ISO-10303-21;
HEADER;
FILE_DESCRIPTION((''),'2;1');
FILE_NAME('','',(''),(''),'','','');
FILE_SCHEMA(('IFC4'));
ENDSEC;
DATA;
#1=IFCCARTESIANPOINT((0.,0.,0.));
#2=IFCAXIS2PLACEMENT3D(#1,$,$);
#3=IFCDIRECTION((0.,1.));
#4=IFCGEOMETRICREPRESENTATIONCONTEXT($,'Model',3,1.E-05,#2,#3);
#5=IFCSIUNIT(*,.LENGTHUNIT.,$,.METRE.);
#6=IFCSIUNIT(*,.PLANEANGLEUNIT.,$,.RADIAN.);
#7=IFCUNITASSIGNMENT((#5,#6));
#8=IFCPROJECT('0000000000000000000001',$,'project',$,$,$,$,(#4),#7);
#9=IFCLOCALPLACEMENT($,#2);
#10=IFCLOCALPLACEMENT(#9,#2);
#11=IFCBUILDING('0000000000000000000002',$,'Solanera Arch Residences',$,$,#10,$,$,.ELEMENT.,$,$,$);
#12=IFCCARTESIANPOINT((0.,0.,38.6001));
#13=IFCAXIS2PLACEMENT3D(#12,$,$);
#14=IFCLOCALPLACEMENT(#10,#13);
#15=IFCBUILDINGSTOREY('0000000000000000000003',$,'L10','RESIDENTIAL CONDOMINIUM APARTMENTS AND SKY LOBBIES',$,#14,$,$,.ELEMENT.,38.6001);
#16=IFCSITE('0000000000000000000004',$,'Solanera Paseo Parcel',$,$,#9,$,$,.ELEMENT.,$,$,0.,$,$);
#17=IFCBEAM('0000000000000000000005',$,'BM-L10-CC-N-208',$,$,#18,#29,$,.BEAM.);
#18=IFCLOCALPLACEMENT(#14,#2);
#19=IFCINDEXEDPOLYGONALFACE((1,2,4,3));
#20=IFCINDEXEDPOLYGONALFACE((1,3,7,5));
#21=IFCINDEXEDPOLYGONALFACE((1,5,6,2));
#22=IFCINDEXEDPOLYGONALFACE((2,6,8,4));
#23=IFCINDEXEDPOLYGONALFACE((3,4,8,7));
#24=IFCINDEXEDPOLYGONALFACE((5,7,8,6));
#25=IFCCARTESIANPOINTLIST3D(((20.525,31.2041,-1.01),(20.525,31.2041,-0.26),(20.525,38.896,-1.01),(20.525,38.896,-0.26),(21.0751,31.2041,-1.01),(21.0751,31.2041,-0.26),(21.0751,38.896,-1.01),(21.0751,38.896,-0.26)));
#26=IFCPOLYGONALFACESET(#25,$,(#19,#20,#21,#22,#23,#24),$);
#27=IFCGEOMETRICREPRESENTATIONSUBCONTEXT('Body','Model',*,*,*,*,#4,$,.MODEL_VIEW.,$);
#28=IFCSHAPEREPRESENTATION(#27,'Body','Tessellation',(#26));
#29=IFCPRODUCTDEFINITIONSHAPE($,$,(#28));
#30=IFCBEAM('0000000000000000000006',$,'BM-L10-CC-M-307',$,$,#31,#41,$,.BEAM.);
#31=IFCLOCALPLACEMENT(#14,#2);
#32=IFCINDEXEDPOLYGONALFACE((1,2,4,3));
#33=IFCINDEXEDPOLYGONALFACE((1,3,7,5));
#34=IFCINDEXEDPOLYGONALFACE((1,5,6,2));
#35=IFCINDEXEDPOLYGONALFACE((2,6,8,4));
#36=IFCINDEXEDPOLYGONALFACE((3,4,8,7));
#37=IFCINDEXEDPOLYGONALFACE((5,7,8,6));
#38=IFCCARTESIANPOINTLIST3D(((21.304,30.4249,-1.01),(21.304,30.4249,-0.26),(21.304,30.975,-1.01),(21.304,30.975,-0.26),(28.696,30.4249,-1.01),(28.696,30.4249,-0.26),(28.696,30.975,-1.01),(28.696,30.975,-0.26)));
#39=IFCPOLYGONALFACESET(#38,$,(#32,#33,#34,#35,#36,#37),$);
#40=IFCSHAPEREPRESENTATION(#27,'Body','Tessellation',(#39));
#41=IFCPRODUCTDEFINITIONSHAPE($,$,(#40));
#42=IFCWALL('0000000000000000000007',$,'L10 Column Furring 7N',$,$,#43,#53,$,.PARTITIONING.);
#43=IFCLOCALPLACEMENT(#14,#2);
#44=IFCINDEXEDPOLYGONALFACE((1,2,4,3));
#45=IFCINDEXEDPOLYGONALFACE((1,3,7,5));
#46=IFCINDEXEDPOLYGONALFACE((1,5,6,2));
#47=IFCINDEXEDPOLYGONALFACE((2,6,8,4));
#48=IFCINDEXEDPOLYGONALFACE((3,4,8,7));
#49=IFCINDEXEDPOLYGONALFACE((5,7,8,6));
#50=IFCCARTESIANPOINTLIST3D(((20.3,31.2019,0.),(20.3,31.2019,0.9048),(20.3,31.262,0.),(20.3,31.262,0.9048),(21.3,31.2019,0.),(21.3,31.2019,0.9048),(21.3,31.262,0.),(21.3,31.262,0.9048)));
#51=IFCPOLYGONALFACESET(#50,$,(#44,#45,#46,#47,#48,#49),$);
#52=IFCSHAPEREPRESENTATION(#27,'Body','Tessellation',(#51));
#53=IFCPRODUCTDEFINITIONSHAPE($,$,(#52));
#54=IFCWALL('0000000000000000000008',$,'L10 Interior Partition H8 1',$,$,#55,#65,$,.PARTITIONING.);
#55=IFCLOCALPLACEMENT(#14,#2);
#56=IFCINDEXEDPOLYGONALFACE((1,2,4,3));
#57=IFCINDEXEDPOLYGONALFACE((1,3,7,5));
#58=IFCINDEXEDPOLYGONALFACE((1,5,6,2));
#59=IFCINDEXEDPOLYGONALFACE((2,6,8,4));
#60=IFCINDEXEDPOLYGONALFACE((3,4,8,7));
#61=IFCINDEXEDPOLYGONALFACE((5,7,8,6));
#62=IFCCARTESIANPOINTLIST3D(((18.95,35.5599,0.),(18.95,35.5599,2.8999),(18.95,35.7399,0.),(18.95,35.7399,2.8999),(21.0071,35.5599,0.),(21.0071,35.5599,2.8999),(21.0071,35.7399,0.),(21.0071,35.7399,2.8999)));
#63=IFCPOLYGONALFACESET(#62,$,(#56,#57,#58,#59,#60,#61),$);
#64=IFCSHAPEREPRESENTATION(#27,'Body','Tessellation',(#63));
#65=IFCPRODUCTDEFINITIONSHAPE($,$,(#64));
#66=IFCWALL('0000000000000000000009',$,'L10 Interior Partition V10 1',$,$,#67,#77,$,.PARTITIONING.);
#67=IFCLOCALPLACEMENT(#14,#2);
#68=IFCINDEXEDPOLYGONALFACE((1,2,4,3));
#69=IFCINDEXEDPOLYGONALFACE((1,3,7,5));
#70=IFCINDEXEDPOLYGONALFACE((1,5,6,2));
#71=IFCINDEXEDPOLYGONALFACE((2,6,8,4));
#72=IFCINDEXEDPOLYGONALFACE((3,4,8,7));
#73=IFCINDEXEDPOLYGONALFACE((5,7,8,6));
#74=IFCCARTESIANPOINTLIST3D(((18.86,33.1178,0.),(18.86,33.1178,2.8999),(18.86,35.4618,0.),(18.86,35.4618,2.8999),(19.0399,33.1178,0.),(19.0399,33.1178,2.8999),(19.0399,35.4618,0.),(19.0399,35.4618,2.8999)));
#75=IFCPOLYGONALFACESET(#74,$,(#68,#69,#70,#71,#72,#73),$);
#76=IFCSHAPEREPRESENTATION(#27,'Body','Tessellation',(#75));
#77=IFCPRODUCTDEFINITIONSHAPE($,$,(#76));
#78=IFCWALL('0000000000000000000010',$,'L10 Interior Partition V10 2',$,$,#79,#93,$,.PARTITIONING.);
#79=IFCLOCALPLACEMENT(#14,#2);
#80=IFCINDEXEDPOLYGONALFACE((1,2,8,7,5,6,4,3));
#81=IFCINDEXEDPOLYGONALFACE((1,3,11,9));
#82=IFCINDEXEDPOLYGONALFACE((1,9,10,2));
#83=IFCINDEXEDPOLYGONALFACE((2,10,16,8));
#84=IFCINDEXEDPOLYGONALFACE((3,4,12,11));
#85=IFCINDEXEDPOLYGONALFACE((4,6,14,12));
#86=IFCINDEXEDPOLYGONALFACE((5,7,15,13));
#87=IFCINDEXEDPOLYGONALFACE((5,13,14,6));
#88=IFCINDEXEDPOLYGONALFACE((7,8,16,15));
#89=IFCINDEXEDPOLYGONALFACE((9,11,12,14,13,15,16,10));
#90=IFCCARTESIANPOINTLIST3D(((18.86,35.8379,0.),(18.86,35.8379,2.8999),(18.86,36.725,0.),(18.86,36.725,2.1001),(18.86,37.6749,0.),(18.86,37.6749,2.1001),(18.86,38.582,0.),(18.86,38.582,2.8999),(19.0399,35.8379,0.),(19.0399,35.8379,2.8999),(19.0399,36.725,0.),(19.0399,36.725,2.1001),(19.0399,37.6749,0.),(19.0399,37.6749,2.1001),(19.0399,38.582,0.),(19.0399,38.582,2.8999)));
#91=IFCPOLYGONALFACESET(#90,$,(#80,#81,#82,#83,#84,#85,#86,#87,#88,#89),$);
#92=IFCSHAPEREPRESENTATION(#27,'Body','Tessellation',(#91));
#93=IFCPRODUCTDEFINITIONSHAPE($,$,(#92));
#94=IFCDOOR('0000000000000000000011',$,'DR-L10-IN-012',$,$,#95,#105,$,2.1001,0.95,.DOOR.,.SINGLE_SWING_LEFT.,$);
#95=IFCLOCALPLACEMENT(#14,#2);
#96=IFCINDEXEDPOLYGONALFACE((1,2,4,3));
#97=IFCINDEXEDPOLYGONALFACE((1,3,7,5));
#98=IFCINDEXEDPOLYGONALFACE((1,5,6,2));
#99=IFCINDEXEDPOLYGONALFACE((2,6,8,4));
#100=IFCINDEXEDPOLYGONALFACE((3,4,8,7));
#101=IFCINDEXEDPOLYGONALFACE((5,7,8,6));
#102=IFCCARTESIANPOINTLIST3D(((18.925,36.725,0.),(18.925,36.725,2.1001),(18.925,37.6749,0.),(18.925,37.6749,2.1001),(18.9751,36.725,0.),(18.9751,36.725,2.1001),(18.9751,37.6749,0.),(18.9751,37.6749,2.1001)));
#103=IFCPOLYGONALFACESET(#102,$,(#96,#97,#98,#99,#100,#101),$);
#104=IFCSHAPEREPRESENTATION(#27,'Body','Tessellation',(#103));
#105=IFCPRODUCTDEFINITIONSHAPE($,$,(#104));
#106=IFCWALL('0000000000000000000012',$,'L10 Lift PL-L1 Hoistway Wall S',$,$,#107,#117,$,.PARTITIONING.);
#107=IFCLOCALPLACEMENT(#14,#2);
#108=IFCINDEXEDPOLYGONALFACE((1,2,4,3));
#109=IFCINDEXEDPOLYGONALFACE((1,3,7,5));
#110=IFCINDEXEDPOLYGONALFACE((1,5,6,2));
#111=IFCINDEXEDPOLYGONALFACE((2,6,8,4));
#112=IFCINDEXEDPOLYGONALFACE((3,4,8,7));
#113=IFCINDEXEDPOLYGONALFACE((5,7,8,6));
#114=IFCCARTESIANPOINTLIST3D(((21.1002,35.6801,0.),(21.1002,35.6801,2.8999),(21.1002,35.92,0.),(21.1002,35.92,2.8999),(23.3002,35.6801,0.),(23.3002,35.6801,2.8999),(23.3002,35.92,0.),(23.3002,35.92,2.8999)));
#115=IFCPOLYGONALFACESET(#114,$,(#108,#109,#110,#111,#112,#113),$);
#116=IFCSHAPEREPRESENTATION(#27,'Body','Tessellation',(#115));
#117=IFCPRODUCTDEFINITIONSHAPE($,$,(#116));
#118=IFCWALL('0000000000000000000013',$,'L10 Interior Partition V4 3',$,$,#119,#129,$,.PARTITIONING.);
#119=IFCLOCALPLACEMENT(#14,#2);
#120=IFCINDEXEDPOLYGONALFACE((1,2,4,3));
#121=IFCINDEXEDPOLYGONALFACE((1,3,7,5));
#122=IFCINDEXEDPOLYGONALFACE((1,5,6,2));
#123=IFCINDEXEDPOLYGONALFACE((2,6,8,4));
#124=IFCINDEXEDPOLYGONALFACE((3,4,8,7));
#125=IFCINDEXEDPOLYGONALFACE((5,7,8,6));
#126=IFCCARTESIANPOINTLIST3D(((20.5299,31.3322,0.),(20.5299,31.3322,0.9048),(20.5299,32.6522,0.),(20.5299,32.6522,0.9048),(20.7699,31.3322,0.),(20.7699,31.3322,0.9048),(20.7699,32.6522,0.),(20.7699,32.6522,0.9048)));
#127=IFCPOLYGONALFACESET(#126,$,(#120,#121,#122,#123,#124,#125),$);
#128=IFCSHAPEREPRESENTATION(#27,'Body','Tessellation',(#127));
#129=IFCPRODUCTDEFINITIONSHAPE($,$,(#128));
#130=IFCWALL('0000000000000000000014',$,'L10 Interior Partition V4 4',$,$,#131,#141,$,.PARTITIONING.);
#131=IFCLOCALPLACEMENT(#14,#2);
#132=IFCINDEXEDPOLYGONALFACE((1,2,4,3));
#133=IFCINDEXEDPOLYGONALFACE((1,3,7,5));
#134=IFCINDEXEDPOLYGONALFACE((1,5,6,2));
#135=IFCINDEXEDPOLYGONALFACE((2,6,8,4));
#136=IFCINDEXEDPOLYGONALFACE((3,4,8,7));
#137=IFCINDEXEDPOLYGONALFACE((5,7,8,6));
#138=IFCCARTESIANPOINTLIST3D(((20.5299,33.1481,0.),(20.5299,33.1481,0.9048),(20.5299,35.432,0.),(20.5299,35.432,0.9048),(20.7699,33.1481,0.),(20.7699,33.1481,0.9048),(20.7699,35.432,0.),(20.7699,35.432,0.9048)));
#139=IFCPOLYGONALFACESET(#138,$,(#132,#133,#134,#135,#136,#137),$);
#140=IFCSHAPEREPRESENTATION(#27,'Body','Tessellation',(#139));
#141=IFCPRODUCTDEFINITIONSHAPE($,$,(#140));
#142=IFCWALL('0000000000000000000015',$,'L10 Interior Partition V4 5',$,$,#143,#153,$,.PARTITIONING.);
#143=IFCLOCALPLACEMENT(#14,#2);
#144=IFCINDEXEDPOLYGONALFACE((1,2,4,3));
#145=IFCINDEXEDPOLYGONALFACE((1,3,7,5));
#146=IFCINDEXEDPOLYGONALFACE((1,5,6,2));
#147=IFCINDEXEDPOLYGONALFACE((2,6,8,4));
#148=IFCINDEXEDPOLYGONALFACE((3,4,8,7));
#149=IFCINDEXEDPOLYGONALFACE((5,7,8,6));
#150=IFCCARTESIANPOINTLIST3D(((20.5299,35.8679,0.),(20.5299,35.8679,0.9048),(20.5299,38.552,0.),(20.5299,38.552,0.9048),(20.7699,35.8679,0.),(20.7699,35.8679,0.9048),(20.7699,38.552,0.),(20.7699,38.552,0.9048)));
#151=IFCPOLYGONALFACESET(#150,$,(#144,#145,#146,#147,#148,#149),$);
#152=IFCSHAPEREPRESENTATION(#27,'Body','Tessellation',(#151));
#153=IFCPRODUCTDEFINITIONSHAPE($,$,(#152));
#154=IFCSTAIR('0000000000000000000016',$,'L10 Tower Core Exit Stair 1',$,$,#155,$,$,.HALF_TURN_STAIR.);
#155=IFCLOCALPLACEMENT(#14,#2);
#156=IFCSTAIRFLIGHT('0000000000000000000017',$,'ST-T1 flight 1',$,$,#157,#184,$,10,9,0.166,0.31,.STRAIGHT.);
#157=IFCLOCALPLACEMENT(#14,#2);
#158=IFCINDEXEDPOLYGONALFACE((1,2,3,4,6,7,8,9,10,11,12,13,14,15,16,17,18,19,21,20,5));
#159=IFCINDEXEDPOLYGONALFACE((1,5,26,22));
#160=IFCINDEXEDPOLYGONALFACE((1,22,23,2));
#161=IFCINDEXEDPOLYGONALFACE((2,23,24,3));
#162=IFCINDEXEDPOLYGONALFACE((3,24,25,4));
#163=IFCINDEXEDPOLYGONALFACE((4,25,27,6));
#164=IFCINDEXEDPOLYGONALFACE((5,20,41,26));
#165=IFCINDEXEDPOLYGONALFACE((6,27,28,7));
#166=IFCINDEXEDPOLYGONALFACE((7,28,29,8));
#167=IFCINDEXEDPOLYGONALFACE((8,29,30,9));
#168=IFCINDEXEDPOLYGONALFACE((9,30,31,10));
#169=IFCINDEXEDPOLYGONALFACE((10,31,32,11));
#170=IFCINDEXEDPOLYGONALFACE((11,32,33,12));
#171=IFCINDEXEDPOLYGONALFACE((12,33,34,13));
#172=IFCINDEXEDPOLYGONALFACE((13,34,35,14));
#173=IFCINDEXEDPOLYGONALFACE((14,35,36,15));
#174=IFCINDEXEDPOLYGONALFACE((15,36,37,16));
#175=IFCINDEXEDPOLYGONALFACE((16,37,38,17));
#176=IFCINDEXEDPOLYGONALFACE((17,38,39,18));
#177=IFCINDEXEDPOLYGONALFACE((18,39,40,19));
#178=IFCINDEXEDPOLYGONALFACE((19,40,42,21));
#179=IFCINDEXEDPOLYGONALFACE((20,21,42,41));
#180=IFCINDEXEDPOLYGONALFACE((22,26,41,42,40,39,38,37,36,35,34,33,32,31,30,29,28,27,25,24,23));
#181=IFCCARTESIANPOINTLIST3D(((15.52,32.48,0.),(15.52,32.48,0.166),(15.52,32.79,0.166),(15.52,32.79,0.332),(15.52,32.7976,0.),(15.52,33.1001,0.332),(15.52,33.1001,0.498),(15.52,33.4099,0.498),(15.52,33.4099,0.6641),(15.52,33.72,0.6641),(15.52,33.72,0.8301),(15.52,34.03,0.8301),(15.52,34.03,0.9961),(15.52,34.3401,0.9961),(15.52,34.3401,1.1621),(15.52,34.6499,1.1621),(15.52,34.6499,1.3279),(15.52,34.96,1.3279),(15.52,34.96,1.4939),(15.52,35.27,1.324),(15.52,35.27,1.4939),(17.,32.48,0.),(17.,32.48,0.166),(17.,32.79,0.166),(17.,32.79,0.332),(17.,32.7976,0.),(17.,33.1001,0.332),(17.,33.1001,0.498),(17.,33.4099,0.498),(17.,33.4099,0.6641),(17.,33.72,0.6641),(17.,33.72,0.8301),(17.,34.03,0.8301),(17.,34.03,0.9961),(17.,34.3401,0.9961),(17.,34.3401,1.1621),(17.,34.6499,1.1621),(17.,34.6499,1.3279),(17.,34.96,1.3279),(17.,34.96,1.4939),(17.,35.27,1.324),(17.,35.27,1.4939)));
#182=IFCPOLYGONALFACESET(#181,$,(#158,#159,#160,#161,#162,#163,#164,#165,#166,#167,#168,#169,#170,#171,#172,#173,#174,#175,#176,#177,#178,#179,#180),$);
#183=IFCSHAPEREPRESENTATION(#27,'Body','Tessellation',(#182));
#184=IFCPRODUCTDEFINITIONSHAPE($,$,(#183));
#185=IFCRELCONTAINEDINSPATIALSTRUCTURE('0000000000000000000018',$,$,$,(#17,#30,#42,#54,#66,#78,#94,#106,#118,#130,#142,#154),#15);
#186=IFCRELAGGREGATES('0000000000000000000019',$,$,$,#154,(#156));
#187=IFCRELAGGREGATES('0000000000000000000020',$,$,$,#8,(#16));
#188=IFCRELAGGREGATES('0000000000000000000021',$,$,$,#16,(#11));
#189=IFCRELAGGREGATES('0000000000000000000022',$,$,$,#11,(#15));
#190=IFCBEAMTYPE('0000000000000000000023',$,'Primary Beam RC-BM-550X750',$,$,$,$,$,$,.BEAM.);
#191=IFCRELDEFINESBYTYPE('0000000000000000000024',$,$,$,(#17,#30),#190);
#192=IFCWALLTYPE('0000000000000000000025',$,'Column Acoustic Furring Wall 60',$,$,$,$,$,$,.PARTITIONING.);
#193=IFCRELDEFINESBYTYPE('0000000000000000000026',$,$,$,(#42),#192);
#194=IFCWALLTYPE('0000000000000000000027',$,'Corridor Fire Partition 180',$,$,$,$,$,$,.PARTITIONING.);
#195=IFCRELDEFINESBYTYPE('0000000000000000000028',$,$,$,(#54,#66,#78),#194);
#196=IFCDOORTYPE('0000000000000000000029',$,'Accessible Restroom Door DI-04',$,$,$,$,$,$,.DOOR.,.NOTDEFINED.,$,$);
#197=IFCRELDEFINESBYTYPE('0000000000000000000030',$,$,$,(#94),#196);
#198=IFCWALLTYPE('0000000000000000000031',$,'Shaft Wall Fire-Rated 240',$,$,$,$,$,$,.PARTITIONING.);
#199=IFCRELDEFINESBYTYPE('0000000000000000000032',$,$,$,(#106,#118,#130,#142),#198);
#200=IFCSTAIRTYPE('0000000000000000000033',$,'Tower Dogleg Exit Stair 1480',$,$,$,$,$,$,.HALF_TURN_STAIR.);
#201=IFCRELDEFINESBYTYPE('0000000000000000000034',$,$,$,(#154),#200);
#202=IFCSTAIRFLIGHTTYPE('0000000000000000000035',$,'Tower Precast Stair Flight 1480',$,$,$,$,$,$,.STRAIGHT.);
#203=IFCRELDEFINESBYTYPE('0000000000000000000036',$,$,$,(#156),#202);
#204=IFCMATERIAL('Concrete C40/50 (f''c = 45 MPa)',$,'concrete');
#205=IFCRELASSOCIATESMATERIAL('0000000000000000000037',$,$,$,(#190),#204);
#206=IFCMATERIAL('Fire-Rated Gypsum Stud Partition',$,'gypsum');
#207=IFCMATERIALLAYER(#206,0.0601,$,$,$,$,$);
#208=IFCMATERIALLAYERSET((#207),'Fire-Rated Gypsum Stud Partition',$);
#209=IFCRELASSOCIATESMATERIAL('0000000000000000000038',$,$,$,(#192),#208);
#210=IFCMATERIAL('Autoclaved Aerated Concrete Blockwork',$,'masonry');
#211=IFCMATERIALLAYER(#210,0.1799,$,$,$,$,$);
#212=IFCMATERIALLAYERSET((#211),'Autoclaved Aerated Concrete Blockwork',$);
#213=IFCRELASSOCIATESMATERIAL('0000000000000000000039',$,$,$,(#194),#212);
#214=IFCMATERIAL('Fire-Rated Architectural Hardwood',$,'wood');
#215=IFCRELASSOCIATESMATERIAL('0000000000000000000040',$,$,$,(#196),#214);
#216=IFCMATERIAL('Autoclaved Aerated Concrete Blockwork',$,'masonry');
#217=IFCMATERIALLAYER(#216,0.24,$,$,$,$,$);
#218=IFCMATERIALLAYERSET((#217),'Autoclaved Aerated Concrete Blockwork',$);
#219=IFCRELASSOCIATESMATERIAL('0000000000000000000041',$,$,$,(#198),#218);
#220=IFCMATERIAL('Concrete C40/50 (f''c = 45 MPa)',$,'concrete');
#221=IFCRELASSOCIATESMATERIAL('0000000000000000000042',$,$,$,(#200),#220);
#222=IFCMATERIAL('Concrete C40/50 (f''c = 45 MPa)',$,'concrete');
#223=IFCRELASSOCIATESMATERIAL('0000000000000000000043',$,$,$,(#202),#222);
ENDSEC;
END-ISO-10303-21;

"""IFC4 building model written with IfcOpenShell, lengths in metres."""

from ifc_helpers import new_model, si_unit, direction, frame, frame_2d, origin, origin_2d, place, context, subcontext, project, spatial, polyline, rectangle, outline, extrude, material, layer, layer_set, material_profile, profile_set, type_object, element, fill, aggregate, save


model = new_model("IFC4")

# Units and contexts
model_context = context("Model", 3, precision=1e-05, world=origin(), true_north=direction((0.0, 1.0)))
body_context = subcontext(model_context, "Body", "Model", "MODEL_VIEW")
ifc_project = project(units=[si_unit("LENGTHUNIT", "METRE"), si_unit("PLANEANGLEUNIT", "RADIAN")], contexts=[model_context])

# Site, building, storey
site_placement = place(None, origin())
site = spatial("IfcSite", under=ifc_project, at=site_placement, Name="Solanera Paseo Parcel", CompositionType="ELEMENT", RefElevation=0.0)
building_placement = place(site_placement, origin())
building = spatial("IfcBuilding", under=site, at=building_placement, Name="Solanera Arch Residences", CompositionType="ELEMENT")
storey_placement = place(building_placement, frame((0.0, 0.0, 38.6001)))
storey = spatial("IfcBuildingStorey", under=building, at=storey_placement, Name="L10", Description="RESIDENTIAL CONDOMINIUM APARTMENTS AND SKY LOBBIES", CompositionType="ELEMENT", Elevation=38.6001)

# Beams
ifc_material_1 = material(Name="Concrete C40/50 (f'c = 45 MPa)", Category="concrete")
ifc_material_profile = material_profile(ifc_material_1, rectangle(XDim=0.55, YDim=0.75, at=origin_2d()))
ifc_profile_set = profile_set([ifc_material_profile], Name="Concrete C40/50 (f'c = 45 MPa)")
beam_type = type_object("IfcBeamType", Name="Primary Beam RC-BM-550X750", PredefinedType="BEAM", material=ifc_profile_set)
beam_1_placement = place(storey_placement, frame((20.8, 31.2041, -0.635), z_axis=(0.0, 1.0, 0.0), x_axis=(-1.0, 0.0, 0.0)))
element("IfcBeam", 1, at=beam_1_placement, inside=storey, type_object=beam_type, Name="BM-L10-CC-N-208", PredefinedType="BEAM", context=body_context, shape_type="SweptSolid", body=[
    extrude(rectangle(XDim=0.55, YDim=0.75, at=origin_2d()), origin(), (0.0, 0.0, 1.0), 7.6919),
])
beam_2_placement = place(storey_placement, frame((21.304, 30.7, -0.635), z_axis=(1.0, 0.0, 0.0), x_axis=(0.0, 1.0, 0.0)))
element("IfcBeam", 2, at=beam_2_placement, inside=storey, type_object=beam_type, Name="BM-L10-CC-M-307", PredefinedType="BEAM", context=body_context, shape_type="SweptSolid", body=[
    extrude(rectangle(XDim=0.55, YDim=0.75, at=origin_2d()), origin(), (0.0, 0.0, 1.0), 7.3921),
])

# Wall
ifc_material_2 = material(Name="Fire-Rated Gypsum Stud Partition", Category="gypsum")
ifc_layer_1 = layer(ifc_material_2, 0.0601)
ifc_layer_set_1 = layer_set([ifc_layer_1], Name="Fire-Rated Gypsum Stud Partition")
wall_type_1 = type_object("IfcWallType", Name="Column Acoustic Furring Wall 60", PredefinedType="PARTITIONING", material=ifc_layer_set_1)
wall_1_placement = place(storey_placement, frame((20.3, 31.2319, 0.0), z_axis=(0.0, 0.0, 1.0), x_axis=(1.0, 0.0, 0.0)))
element("IfcWall", 3, at=wall_1_placement, inside=storey, type_object=wall_type_1, Name="L10 Column Furring 7N", PredefinedType="PARTITIONING", context=body_context, shape_type="SweptSolid", body=[
    extrude(rectangle(XDim=1.0, YDim=0.0601, at=frame_2d((0.5, 0.0))), origin(), (0.0, 0.0, 1.0), 0.9048),
])

# Walls
ifc_material_3 = material(Name="Autoclaved Aerated Concrete Blockwork", Category="masonry")
ifc_layer_2 = layer(ifc_material_3, 0.1799)
ifc_layer_set_2 = layer_set([ifc_layer_2], Name="Autoclaved Aerated Concrete Blockwork")
wall_type_2 = type_object("IfcWallType", Name="Corridor Fire Partition 180", PredefinedType="PARTITIONING", material=ifc_layer_set_2)
wall_2_placement = place(storey_placement, frame((18.95, 35.6499, 0.0), z_axis=(0.0, 0.0, 1.0), x_axis=(1.0, 0.0, 0.0)))
element("IfcWall", 4, at=wall_2_placement, inside=storey, type_object=wall_type_2, Name="L10 Interior Partition H8 1", PredefinedType="PARTITIONING", context=body_context, shape_type="SweptSolid", body=[
    extrude(rectangle(XDim=2.0571, YDim=0.1799, at=frame_2d((1.0286, 0.0))), origin(), (0.0, 0.0, 1.0), 2.8999),
])
wall_3_placement = place(storey_placement, frame((18.95, 33.1179, 0.0), z_axis=(0.0, 0.0, 1.0), x_axis=(0.0, 1.0, 0.0)))
element("IfcWall", 5, at=wall_3_placement, inside=storey, type_object=wall_type_2, Name="L10 Interior Partition V10 1", PredefinedType="PARTITIONING", context=body_context, shape_type="SweptSolid", body=[
    extrude(rectangle(XDim=2.344, YDim=0.1799, at=frame_2d((1.1719, 0.0))), origin(), (0.0, 0.0, 1.0), 2.8999),
])

# Wall, opening, door
wall_4_placement = place(storey_placement, frame((18.95, 35.8379, 0.0), z_axis=(0.0, 0.0, 1.0), x_axis=(0.0, 1.0, 0.0)))
wall_4 = element("IfcWall", 6, at=wall_4_placement, inside=storey, type_object=wall_type_2, Name="L10 Interior Partition V10 2", PredefinedType="PARTITIONING", context=body_context, shape_type="SweptSolid", body=[
    extrude(rectangle(XDim=2.7441, YDim=0.1799, at=frame_2d((1.3721, 0.0))), origin(), (0.0, 0.0, 1.0), 2.8999),
])
opening_1_placement = place(wall_4_placement, frame((0.887, 0.0, 0.0)))
opening_1 = element("IfcOpeningElement", 7, at=opening_1_placement, cuts=wall_4, PredefinedType="OPENING", context=body_context, shape_type="SweptSolid", body=[
    extrude(rectangle(XDim=0.95, YDim=2.1001, at=frame_2d((0.4751, 1.05))), frame((0.0, 0.1001, 0.0), z_axis=(0.0, -1.0, 0.0), x_axis=(1.0, 0.0, 0.0)), (0.0, 0.0, 1.0), 0.1999),
])
ifc_material_4 = material(Name="Fire-Rated Architectural Hardwood", Category="wood")
door_type_1 = type_object("IfcDoorType", Name="Accessible Restroom Door DI-04", OperationType="NOTDEFINED", PredefinedType="DOOR", material=ifc_material_4)
door_1_placement = place(opening_1_placement, origin())
door_1 = element("IfcDoor", 8, at=door_1_placement, inside=storey, type_object=door_type_1, Name="DR-L10-IN-012", OperationType="SINGLE_SWING_LEFT", OverallHeight=2.1001, OverallWidth=0.95, PredefinedType="DOOR", context=body_context, shape_type="SweptSolid", body=[
    extrude(rectangle(XDim=0.95, YDim=2.1001, at=frame_2d((0.4751, 1.05))), frame((0.0, 0.0249, 0.0), z_axis=(0.0, -1.0, 0.0), x_axis=(1.0, 0.0, 0.0)), (0.0, 0.0, 1.0), 0.05),
])
fill(opening_1, door_1)

# Wall
ifc_material_5 = material(Name="Autoclaved Aerated Concrete Blockwork", Category="masonry")
ifc_layer_3 = layer(ifc_material_5, 0.24)
ifc_layer_set_3 = layer_set([ifc_layer_3], Name="Autoclaved Aerated Concrete Blockwork")
wall_type_3 = type_object("IfcWallType", Name="Shaft Wall Fire-Rated 240", PredefinedType="PARTITIONING", material=ifc_layer_set_3)
wall_5_placement = place(storey_placement, frame((21.1001, 35.8, 0.0), z_axis=(0.0, 0.0, 1.0), x_axis=(1.0, 0.0, 0.0)))
element("IfcWall", 9, at=wall_5_placement, inside=storey, type_object=wall_type_3, Name="L10 Lift PL-L1 Hoistway Wall S", PredefinedType="PARTITIONING", context=body_context, shape_type="SweptSolid", body=[
    extrude(rectangle(XDim=2.2, YDim=0.24, at=frame_2d((1.1001, 0.0))), origin(), (0.0, 0.0, 1.0), 2.8999),
])

# Walls
wall_6_placement = place(storey_placement, frame((20.6499, 31.332, 0.0), z_axis=(0.0, 0.0, 1.0), x_axis=(0.0, 1.0, 0.0)))
element("IfcWall", 10, at=wall_6_placement, inside=storey, type_object=wall_type_3, Name="L10 Interior Partition V4 3", PredefinedType="PARTITIONING", context=body_context, shape_type="SweptSolid", body=[
    extrude(rectangle(XDim=1.3201, YDim=0.24, at=frame_2d((0.6602, 0.0))), origin(), (0.0, 0.0, 1.0), 0.9048),
])
wall_7_placement = place(storey_placement, frame((20.6499, 33.1479, 0.0), z_axis=(0.0, 0.0, 1.0), x_axis=(0.0, 1.0, 0.0)))
element("IfcWall", 11, at=wall_7_placement, inside=storey, type_object=wall_type_3, Name="L10 Interior Partition V4 4", PredefinedType="PARTITIONING", context=body_context, shape_type="SweptSolid", body=[
    extrude(rectangle(XDim=2.2839, YDim=0.24, at=frame_2d((1.1421, 0.0))), origin(), (0.0, 0.0, 1.0), 0.9048),
])
wall_8_placement = place(storey_placement, frame((20.6499, 35.8679, 0.0), z_axis=(0.0, 0.0, 1.0), x_axis=(0.0, 1.0, 0.0)))
element("IfcWall", 12, at=wall_8_placement, inside=storey, type_object=wall_type_3, Name="L10 Interior Partition V4 5", PredefinedType="PARTITIONING", context=body_context, shape_type="SweptSolid", body=[
    extrude(rectangle(XDim=2.6841, YDim=0.24, at=frame_2d((1.342, 0.0))), origin(), (0.0, 0.0, 1.0), 0.9048),
])

# Stair, stair flight
ifc_material_6 = material(Name="Concrete C40/50 (f'c = 45 MPa)", Category="concrete")
stair_type = type_object("IfcStairType", Name="Tower Dogleg Exit Stair 1480", PredefinedType="HALF_TURN_STAIR", material=ifc_material_6)
stair_placement = place(storey_placement, origin())
stair = element("IfcStair", 13, at=stair_placement, inside=storey, type_object=stair_type, Name="L10 Tower Core Exit Stair 1", PredefinedType="HALF_TURN_STAIR")
ifc_material_7 = material(Name="Concrete C40/50 (f'c = 45 MPa)", Category="concrete")
stair_flight_type = type_object("IfcStairFlightType", Name="Tower Precast Stair Flight 1480", PredefinedType="STRAIGHT", material=ifc_material_7)
stair_flight_placement = place(storey_placement, frame((16.26, 32.48, 0.0), z_axis=(0.0, 0.0, 1.0), x_axis=(0.0, 1.0, 0.0)))
stair_flight = element("IfcStairFlight", 14, at=stair_flight_placement, type_object=stair_flight_type, Name="ST-T1 flight 1", NumberOfRisers=10, NumberOfTreads=9, PredefinedType="STRAIGHT", RiserHeight=0.166, TreadLength=0.31, context=body_context, shape_type="SweptSolid", body=[
    extrude(outline(polyline([(0.0, 0.0), (0.0, 0.166), (0.3101, 0.166), (0.3101, 0.332), (0.6201, 0.332), (0.6201, 0.498), (0.9299, 0.498), (0.9299, 0.6641), (1.24, 0.6641), (1.24, 0.8301), (1.55, 0.8301), (1.55, 0.9961), (1.8601, 0.9961), (1.8601, 1.1621), (2.1699, 1.1621), (2.1699, 1.3279), (2.48, 1.3279), (2.48, 1.4939), (2.79, 1.4939), (2.79, 1.6599), (2.79, 1.324), (0.3176, 0.0), (0.0, 0.0)])), frame((0.0, 0.74, 0.0), z_axis=(0.0, -1.0, 0.0), x_axis=(1.0, 0.0, 0.0)), (0.0, 0.0, 1.0), 1.48),
])
aggregate(stair, [stair_flight])

save(model, "model.ifc")
